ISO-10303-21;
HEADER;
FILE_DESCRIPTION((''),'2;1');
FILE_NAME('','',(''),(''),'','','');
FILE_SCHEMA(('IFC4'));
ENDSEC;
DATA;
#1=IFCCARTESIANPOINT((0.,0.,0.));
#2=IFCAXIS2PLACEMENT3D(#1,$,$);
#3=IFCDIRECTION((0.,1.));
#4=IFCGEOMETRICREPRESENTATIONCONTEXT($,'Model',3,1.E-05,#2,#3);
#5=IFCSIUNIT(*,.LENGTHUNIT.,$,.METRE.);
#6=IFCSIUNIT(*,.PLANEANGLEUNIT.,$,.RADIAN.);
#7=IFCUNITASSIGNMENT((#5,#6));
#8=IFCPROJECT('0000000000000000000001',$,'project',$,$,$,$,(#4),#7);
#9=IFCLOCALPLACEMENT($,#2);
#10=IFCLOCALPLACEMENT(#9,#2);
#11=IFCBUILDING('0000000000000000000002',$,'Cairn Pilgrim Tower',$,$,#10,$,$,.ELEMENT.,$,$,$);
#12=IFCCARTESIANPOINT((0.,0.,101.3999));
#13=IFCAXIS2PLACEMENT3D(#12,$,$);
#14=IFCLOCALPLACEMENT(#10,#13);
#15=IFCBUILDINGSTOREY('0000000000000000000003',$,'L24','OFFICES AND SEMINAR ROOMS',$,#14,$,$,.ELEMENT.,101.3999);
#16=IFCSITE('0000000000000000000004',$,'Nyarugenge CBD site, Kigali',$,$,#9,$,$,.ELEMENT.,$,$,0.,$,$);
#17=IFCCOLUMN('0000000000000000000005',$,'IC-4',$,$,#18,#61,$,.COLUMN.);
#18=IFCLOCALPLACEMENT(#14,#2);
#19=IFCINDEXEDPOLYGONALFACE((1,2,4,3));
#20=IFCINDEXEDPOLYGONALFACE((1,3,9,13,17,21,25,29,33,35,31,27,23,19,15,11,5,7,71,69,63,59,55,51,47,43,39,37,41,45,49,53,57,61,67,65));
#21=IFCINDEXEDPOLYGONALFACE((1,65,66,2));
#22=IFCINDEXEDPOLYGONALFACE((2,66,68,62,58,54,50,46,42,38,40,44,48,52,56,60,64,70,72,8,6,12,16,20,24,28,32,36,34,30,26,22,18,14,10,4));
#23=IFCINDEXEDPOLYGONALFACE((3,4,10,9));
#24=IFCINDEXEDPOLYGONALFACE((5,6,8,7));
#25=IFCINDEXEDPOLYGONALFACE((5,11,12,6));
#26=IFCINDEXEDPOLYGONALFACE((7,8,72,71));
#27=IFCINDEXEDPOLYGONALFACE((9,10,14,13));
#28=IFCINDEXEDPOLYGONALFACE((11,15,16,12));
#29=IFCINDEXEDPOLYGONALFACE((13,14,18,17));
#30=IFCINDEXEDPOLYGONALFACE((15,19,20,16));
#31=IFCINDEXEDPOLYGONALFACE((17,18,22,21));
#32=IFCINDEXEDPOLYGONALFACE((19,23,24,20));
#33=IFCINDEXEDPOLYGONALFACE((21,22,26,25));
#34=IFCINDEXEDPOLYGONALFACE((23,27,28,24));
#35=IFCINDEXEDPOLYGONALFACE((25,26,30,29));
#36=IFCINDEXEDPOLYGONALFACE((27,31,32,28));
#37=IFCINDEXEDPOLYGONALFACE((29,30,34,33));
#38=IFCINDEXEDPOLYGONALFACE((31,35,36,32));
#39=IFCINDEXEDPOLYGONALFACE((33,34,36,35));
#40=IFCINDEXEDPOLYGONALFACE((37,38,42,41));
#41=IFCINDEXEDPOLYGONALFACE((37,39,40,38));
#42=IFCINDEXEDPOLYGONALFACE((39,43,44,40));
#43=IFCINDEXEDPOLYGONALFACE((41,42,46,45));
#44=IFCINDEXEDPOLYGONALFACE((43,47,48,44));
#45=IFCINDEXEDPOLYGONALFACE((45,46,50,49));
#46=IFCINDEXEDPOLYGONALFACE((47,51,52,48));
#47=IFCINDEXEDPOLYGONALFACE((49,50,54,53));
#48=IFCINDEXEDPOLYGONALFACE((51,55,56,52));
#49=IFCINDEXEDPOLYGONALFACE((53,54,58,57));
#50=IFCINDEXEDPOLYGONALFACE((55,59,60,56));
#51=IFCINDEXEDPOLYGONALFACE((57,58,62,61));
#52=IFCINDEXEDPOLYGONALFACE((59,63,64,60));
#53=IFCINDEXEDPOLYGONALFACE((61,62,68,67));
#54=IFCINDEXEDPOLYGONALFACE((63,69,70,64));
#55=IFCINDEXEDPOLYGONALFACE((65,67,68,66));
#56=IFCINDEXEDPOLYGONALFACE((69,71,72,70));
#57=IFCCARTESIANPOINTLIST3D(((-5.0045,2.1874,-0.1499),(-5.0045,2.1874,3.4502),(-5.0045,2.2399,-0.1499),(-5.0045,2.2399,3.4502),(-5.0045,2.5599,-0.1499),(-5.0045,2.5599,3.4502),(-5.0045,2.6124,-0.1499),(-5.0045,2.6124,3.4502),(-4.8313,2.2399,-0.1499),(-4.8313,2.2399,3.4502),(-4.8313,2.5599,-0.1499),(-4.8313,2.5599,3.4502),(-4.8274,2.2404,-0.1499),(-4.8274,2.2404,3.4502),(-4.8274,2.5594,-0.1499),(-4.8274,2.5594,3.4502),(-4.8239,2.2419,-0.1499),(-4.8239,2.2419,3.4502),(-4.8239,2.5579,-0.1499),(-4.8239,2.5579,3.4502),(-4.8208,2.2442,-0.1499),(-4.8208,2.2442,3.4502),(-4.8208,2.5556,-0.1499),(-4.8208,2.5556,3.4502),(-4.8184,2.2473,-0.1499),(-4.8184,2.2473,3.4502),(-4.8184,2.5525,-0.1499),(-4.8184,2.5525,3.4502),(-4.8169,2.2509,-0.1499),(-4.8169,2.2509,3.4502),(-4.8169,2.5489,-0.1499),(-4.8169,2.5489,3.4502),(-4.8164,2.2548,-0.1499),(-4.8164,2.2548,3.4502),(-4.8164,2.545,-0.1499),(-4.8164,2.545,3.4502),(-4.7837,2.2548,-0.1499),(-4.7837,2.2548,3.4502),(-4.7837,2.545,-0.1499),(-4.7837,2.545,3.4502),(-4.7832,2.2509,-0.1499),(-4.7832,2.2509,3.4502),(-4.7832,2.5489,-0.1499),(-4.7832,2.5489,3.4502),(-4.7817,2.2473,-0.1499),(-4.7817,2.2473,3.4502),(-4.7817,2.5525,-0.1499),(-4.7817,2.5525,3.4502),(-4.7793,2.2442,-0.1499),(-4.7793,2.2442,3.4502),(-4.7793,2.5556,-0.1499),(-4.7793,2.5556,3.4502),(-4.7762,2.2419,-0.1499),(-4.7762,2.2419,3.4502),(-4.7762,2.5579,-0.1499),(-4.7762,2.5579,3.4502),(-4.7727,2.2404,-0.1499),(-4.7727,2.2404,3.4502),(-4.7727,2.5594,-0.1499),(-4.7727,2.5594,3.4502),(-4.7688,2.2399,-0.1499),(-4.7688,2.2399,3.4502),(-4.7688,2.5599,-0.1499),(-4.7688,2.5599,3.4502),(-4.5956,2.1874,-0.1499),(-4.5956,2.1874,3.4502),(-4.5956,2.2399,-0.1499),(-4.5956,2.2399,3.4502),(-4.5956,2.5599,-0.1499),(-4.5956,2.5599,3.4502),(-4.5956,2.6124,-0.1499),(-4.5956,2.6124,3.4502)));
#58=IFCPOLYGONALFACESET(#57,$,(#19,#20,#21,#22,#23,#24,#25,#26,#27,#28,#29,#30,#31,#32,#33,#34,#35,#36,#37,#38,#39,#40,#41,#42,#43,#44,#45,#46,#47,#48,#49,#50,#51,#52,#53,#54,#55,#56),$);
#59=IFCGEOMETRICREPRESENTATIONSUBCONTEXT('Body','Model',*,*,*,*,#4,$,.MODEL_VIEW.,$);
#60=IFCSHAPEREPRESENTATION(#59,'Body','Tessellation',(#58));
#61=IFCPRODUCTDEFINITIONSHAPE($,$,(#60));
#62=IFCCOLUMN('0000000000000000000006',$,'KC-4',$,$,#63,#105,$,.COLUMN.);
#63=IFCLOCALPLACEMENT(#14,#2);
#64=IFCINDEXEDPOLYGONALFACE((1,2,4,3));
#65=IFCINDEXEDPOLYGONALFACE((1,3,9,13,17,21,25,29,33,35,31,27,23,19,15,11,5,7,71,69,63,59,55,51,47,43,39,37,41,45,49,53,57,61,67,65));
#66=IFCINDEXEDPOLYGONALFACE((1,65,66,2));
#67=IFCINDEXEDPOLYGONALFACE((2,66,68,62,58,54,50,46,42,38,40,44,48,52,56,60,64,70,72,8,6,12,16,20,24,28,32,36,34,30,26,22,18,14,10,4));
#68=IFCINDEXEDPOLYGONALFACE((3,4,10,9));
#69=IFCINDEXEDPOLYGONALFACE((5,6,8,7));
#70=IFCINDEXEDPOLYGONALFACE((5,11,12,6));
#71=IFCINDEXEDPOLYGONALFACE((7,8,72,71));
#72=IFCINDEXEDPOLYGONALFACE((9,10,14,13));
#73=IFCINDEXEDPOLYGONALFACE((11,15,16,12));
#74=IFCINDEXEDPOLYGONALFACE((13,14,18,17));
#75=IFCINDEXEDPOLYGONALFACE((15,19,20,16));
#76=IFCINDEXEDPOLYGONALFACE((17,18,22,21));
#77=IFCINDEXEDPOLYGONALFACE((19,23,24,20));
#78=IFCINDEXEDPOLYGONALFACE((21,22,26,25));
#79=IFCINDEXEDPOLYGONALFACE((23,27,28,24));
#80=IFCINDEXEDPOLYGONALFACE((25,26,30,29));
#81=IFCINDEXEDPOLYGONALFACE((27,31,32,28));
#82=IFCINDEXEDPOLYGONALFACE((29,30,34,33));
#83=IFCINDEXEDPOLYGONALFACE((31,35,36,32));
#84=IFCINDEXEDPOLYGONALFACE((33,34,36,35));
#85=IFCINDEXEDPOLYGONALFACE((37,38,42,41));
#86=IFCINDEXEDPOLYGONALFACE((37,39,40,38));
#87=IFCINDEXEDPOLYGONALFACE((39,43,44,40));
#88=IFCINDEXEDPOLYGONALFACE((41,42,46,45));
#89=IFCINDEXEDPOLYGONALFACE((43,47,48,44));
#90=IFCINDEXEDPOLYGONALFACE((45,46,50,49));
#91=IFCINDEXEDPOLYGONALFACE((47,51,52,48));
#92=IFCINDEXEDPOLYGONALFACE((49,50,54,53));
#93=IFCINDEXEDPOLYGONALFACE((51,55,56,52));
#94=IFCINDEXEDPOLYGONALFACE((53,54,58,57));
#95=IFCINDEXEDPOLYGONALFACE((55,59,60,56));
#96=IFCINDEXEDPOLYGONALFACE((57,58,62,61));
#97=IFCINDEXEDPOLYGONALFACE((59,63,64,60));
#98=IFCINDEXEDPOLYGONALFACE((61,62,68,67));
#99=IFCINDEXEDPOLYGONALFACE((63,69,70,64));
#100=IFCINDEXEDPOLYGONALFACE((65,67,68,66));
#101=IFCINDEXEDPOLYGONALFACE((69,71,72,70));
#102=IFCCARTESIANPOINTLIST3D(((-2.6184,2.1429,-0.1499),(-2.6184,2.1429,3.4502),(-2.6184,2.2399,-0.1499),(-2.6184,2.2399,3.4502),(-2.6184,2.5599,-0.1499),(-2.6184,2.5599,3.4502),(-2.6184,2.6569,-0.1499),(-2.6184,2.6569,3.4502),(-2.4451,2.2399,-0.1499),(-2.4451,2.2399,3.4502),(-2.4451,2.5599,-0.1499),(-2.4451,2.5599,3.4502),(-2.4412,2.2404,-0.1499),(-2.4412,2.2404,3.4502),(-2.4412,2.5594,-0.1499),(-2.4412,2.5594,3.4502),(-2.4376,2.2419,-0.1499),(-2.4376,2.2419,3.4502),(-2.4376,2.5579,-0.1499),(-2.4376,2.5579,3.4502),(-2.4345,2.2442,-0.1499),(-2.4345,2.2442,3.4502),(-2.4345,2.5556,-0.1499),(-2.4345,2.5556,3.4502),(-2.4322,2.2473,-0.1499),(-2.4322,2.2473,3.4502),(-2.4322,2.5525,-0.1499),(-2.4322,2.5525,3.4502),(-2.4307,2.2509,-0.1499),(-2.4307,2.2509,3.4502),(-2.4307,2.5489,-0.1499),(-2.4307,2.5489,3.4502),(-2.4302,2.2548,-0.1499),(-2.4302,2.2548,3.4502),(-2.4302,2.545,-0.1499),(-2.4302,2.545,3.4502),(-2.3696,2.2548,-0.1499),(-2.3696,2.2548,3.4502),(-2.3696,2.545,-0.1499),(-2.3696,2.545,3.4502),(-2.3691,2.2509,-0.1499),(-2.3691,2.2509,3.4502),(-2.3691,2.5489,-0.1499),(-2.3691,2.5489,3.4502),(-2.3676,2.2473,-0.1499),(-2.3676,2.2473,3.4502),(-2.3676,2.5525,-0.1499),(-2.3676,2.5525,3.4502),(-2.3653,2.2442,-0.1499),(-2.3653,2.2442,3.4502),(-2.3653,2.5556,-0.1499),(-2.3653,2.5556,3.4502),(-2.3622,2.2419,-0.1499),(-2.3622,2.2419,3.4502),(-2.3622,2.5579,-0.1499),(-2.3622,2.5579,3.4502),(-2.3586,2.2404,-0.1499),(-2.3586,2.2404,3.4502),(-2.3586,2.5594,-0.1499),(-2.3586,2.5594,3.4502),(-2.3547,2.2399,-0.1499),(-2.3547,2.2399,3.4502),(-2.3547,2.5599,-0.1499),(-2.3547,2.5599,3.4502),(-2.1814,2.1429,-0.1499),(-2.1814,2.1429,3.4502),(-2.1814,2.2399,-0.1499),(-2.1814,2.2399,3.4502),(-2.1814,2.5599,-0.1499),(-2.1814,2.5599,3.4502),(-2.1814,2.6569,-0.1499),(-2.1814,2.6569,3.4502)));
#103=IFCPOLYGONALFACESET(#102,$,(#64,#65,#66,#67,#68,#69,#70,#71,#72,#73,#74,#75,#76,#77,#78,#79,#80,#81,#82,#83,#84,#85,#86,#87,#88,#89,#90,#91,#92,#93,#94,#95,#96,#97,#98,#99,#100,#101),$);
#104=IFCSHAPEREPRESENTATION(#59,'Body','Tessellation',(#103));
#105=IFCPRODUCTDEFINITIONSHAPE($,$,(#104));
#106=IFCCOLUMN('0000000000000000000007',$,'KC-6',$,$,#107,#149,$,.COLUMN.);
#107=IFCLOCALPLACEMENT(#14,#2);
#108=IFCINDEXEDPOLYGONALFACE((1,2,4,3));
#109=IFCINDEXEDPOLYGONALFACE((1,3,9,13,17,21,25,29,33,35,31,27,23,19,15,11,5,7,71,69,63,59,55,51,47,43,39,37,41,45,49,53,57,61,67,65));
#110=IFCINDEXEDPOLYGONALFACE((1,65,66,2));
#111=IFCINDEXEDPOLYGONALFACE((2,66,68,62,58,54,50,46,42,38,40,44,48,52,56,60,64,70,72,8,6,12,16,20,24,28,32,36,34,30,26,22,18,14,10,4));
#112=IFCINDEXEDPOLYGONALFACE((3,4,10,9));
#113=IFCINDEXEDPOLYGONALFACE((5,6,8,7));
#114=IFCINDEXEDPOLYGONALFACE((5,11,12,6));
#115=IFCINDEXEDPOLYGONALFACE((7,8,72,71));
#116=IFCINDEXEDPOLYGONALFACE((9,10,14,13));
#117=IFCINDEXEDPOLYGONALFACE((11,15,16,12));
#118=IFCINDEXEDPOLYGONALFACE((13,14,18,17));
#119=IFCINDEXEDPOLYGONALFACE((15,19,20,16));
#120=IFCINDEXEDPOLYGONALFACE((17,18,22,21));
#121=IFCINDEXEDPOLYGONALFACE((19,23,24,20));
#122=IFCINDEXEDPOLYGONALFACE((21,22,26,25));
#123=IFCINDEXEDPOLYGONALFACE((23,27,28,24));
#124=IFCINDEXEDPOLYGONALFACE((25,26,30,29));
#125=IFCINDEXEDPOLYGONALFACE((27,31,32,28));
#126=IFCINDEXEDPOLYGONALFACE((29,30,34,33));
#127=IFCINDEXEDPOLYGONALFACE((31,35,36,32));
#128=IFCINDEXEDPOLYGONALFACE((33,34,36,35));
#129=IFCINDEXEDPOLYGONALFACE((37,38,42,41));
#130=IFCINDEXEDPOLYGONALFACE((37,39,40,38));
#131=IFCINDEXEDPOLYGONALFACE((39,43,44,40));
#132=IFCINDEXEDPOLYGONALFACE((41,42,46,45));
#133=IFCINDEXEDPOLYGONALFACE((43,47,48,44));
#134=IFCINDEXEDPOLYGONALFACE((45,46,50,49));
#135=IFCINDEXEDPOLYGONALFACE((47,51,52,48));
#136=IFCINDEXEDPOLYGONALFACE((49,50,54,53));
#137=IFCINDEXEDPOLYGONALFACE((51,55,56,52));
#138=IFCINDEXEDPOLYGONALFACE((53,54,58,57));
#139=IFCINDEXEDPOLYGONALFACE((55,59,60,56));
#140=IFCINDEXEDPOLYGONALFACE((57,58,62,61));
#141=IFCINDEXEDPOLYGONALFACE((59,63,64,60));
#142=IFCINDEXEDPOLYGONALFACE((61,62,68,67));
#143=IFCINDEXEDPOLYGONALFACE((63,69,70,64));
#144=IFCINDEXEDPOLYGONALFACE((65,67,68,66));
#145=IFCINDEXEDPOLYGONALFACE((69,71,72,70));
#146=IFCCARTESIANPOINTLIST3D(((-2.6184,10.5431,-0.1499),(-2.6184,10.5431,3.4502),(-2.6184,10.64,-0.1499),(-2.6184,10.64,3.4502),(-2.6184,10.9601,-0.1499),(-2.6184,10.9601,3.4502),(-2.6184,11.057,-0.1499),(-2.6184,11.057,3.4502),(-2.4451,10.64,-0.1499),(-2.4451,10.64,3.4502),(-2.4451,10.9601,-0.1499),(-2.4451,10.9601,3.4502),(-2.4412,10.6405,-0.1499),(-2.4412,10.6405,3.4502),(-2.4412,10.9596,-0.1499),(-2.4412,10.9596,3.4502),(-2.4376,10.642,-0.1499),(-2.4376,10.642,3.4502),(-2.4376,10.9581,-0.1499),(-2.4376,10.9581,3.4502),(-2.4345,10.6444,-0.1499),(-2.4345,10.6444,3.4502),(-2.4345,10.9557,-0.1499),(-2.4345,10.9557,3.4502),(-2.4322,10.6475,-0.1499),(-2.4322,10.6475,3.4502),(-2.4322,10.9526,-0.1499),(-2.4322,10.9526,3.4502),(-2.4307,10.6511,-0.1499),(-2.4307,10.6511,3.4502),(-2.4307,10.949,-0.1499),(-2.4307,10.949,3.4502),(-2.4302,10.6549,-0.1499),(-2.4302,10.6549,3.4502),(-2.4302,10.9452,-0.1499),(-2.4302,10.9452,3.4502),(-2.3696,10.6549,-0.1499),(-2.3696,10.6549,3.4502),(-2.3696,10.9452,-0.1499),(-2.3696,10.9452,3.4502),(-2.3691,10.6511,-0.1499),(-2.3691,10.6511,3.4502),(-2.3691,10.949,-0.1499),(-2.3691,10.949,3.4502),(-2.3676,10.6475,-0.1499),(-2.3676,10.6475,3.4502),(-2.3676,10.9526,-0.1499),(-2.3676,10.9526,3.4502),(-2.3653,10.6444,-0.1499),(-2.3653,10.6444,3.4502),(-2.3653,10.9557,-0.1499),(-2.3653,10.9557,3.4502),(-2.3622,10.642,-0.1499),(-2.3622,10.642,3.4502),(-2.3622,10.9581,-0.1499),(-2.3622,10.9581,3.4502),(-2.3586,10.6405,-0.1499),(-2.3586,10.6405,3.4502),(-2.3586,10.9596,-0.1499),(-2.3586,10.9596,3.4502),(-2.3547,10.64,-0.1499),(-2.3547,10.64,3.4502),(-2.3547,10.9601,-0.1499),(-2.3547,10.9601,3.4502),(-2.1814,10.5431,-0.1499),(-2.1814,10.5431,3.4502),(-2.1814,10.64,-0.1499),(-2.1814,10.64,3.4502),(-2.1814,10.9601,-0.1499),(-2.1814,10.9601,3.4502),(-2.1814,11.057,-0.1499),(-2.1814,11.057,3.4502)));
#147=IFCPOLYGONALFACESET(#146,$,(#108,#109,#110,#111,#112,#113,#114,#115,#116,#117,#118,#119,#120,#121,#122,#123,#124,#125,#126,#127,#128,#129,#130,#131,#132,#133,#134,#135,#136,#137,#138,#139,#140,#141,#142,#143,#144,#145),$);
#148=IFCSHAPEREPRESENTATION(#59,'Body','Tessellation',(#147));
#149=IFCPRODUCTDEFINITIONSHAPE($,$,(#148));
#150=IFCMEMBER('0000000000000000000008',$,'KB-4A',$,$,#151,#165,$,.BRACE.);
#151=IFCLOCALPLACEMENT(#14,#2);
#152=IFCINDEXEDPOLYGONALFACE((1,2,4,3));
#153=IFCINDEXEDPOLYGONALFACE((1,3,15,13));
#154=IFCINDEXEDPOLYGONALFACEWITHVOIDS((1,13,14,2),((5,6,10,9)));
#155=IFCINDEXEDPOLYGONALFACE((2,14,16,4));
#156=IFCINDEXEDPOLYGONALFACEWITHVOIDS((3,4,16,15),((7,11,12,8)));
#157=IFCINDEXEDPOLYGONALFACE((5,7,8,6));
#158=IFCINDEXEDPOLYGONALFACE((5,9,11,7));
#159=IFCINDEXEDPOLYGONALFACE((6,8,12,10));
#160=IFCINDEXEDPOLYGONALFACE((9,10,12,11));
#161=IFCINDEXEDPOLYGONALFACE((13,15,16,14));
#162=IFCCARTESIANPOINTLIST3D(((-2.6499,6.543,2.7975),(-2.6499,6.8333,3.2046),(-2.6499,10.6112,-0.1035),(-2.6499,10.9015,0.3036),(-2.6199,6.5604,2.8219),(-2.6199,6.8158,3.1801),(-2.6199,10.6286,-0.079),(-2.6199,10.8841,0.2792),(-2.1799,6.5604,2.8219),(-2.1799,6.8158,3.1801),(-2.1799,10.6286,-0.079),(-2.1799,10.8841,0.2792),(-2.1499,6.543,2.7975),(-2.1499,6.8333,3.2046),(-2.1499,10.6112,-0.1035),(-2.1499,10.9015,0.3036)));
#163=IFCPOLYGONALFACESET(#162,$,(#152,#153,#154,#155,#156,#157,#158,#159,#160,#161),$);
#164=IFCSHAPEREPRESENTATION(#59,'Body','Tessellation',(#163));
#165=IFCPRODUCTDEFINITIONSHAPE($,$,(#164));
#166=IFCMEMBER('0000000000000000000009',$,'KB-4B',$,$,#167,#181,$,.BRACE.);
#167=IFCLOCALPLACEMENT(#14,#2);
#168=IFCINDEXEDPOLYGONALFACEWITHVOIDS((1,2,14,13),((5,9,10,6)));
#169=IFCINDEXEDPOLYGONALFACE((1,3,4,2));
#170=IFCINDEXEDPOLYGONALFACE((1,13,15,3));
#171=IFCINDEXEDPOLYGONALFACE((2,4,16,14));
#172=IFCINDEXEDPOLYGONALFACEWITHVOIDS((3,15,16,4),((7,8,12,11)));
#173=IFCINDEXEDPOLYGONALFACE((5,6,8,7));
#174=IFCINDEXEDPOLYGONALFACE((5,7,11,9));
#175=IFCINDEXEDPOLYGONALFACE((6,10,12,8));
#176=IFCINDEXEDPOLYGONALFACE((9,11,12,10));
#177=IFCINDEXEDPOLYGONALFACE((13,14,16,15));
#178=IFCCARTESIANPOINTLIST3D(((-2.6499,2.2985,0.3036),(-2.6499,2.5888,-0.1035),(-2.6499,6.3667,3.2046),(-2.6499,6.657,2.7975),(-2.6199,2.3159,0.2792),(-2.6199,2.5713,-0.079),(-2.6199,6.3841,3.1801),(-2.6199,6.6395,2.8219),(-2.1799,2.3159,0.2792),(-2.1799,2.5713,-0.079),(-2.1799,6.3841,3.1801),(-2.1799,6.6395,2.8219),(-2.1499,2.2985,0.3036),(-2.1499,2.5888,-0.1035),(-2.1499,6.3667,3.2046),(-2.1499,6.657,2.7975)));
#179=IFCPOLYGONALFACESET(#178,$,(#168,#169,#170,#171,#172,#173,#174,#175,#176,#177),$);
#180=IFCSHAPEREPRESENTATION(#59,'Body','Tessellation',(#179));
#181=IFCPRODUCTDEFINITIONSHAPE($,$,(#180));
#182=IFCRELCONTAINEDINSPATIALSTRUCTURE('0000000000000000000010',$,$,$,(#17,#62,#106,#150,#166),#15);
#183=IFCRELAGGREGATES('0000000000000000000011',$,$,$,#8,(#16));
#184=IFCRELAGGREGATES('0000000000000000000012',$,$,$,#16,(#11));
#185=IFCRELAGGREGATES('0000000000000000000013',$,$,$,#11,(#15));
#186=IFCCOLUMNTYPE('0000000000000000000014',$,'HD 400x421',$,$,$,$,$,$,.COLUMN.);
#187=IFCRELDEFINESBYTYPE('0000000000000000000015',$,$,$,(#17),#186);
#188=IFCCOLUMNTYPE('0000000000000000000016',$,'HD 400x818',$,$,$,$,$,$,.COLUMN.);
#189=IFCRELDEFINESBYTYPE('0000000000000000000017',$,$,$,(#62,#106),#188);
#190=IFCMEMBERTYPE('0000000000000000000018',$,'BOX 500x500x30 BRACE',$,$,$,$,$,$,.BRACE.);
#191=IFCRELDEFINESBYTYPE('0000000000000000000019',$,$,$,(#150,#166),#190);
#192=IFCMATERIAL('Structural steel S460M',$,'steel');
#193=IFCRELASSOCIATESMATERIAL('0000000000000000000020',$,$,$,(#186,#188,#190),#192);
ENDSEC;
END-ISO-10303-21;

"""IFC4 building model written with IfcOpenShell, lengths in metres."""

from ifc_helpers import new_model, si_unit, direction, frame, origin, origin_2d, place, context, subcontext, project, spatial, hollow_rectangle, i_section, extrude, material, material_profile, profile_set, type_object, element, save


model = new_model("IFC4")

# Units and contexts
model_context = context("Model", 3, precision=1e-05, world=origin(), true_north=direction((0.0, 1.0)))
body_context = subcontext(model_context, "Body", "Model", "MODEL_VIEW")
ifc_project = project(units=[si_unit("LENGTHUNIT", "METRE"), si_unit("PLANEANGLEUNIT", "RADIAN")], contexts=[model_context])

# Site, building, storey
site_placement = place(None, origin())
site = spatial("IfcSite", under=ifc_project, at=site_placement, Name="Nyarugenge CBD site, Kigali", CompositionType="ELEMENT", RefElevation=0.0)
building_placement = place(site_placement, origin())
building = spatial("IfcBuilding", under=site, at=building_placement, Name="Cairn Pilgrim Tower", CompositionType="ELEMENT")
storey_placement = place(building_placement, frame((0.0, 0.0, 101.3999)))
storey = spatial("IfcBuildingStorey", under=building, at=storey_placement, Name="L24", Description="OFFICES AND SEMINAR ROOMS", CompositionType="ELEMENT", Elevation=101.3999)

# Columns
ifc_material_1 = material(Name="Structural steel S460M", Category="steel")
ifc_material_profile_1 = material_profile(ifc_material_1, i_section(OverallWidth=0.4089, OverallDepth=0.425, WebThickness=0.0327, FlangeThickness=0.0525, FilletRadius=0.0149, at=origin_2d()), Name="HD 400x421")
ifc_profile_set_1 = profile_set([ifc_material_profile_1], Name="Structural steel S460M")
column_type_1 = type_object("IfcColumnType", Name="HD 400x421", PredefinedType="COLUMN", material=ifc_profile_set_1)
column_placement = place(storey_placement, frame((-4.8, 2.3999, -0.1499), z_axis=(0.0, 0.0, 1.0), x_axis=(1.0, 0.0, 0.0)))
element("IfcColumn", 1, at=column_placement, inside=storey, type_object=column_type_1, Name="IC-4", PredefinedType="COLUMN", context=body_context, shape_type="SweptSolid", body=[
    extrude(i_section(OverallWidth=0.4089, OverallDepth=0.425, WebThickness=0.0327, FlangeThickness=0.0525, FilletRadius=0.0149, at=origin_2d()), origin(), (0.0, 0.0, 1.0), 3.6001),
])
ifc_material_profile_2 = material_profile(ifc_material_1, i_section(OverallWidth=0.437, OverallDepth=0.5139, WebThickness=0.0605, FlangeThickness=0.0969, FilletRadius=0.0149, at=origin_2d()), Name="HD 400x818")
ifc_profile_set_2 = profile_set([ifc_material_profile_2], Name="Structural steel S460M")
column_type_2 = type_object("IfcColumnType", Name="HD 400x818", PredefinedType="COLUMN", material=ifc_profile_set_2)
for number, where, z_axis, x_axis, name in (
    (2, (-2.3999, 2.3999, -0.1499), (0.0, 0.0, 1.0), (1.0, 0.0, 0.0), "KC-4"),
    (3, (-2.3999, 10.8, -0.1499), (0.0, 0.0, 1.0), (1.0, 0.0, 0.0), "KC-6"),
):
    element("IfcColumn", number, at=place(storey_placement, frame(where, z_axis=z_axis, x_axis=x_axis)), inside=storey, type_object=column_type_2, Name=name, PredefinedType="COLUMN", context=body_context, shape_type="SweptSolid", body=[
        extrude(i_section(OverallWidth=0.437, OverallDepth=0.5139, WebThickness=0.0605, FlangeThickness=0.0969, FilletRadius=0.0149, at=origin_2d()), origin(), (0.0, 0.0, 1.0), 3.6001),
    ])

# Members
ifc_material_profile_3 = material_profile(ifc_material_1, hollow_rectangle(XDim=0.5, YDim=0.5, WallThickness=0.03, at=origin_2d()), Name="BOX 500x500x30")
ifc_profile_set_3 = profile_set([ifc_material_profile_3], Name="Structural steel S460M")
member_type = type_object("IfcMemberType", Name="BOX 500x500x30 BRACE", PredefinedType="BRACE", material=ifc_profile_set_3)
for number, where, z_axis, x_axis, name in (
    (4, (-2.3999, 10.7563, 0.1001), (0.0, -0.814199, 0.580586), (1.0, 0.0, 0.0), "KB-4A"),
    (5, (-2.3999, 2.4436, 0.1001), (0.0, 0.814199, 0.580586), (-1.0, 0.0, 0.0), "KB-4B"),
):
    element("IfcMember", number, at=place(storey_placement, frame(where, z_axis=z_axis, x_axis=x_axis)), inside=storey, type_object=member_type, Name=name, PredefinedType="BRACE", context=body_context, shape_type="SweptSolid", body=[
        extrude(hollow_rectangle(XDim=0.5, YDim=0.5, WallThickness=0.03, at=origin_2d()), origin(), (0.0, 0.0, 1.0), 4.9966),
    ])

save(model, "model.ifc")
